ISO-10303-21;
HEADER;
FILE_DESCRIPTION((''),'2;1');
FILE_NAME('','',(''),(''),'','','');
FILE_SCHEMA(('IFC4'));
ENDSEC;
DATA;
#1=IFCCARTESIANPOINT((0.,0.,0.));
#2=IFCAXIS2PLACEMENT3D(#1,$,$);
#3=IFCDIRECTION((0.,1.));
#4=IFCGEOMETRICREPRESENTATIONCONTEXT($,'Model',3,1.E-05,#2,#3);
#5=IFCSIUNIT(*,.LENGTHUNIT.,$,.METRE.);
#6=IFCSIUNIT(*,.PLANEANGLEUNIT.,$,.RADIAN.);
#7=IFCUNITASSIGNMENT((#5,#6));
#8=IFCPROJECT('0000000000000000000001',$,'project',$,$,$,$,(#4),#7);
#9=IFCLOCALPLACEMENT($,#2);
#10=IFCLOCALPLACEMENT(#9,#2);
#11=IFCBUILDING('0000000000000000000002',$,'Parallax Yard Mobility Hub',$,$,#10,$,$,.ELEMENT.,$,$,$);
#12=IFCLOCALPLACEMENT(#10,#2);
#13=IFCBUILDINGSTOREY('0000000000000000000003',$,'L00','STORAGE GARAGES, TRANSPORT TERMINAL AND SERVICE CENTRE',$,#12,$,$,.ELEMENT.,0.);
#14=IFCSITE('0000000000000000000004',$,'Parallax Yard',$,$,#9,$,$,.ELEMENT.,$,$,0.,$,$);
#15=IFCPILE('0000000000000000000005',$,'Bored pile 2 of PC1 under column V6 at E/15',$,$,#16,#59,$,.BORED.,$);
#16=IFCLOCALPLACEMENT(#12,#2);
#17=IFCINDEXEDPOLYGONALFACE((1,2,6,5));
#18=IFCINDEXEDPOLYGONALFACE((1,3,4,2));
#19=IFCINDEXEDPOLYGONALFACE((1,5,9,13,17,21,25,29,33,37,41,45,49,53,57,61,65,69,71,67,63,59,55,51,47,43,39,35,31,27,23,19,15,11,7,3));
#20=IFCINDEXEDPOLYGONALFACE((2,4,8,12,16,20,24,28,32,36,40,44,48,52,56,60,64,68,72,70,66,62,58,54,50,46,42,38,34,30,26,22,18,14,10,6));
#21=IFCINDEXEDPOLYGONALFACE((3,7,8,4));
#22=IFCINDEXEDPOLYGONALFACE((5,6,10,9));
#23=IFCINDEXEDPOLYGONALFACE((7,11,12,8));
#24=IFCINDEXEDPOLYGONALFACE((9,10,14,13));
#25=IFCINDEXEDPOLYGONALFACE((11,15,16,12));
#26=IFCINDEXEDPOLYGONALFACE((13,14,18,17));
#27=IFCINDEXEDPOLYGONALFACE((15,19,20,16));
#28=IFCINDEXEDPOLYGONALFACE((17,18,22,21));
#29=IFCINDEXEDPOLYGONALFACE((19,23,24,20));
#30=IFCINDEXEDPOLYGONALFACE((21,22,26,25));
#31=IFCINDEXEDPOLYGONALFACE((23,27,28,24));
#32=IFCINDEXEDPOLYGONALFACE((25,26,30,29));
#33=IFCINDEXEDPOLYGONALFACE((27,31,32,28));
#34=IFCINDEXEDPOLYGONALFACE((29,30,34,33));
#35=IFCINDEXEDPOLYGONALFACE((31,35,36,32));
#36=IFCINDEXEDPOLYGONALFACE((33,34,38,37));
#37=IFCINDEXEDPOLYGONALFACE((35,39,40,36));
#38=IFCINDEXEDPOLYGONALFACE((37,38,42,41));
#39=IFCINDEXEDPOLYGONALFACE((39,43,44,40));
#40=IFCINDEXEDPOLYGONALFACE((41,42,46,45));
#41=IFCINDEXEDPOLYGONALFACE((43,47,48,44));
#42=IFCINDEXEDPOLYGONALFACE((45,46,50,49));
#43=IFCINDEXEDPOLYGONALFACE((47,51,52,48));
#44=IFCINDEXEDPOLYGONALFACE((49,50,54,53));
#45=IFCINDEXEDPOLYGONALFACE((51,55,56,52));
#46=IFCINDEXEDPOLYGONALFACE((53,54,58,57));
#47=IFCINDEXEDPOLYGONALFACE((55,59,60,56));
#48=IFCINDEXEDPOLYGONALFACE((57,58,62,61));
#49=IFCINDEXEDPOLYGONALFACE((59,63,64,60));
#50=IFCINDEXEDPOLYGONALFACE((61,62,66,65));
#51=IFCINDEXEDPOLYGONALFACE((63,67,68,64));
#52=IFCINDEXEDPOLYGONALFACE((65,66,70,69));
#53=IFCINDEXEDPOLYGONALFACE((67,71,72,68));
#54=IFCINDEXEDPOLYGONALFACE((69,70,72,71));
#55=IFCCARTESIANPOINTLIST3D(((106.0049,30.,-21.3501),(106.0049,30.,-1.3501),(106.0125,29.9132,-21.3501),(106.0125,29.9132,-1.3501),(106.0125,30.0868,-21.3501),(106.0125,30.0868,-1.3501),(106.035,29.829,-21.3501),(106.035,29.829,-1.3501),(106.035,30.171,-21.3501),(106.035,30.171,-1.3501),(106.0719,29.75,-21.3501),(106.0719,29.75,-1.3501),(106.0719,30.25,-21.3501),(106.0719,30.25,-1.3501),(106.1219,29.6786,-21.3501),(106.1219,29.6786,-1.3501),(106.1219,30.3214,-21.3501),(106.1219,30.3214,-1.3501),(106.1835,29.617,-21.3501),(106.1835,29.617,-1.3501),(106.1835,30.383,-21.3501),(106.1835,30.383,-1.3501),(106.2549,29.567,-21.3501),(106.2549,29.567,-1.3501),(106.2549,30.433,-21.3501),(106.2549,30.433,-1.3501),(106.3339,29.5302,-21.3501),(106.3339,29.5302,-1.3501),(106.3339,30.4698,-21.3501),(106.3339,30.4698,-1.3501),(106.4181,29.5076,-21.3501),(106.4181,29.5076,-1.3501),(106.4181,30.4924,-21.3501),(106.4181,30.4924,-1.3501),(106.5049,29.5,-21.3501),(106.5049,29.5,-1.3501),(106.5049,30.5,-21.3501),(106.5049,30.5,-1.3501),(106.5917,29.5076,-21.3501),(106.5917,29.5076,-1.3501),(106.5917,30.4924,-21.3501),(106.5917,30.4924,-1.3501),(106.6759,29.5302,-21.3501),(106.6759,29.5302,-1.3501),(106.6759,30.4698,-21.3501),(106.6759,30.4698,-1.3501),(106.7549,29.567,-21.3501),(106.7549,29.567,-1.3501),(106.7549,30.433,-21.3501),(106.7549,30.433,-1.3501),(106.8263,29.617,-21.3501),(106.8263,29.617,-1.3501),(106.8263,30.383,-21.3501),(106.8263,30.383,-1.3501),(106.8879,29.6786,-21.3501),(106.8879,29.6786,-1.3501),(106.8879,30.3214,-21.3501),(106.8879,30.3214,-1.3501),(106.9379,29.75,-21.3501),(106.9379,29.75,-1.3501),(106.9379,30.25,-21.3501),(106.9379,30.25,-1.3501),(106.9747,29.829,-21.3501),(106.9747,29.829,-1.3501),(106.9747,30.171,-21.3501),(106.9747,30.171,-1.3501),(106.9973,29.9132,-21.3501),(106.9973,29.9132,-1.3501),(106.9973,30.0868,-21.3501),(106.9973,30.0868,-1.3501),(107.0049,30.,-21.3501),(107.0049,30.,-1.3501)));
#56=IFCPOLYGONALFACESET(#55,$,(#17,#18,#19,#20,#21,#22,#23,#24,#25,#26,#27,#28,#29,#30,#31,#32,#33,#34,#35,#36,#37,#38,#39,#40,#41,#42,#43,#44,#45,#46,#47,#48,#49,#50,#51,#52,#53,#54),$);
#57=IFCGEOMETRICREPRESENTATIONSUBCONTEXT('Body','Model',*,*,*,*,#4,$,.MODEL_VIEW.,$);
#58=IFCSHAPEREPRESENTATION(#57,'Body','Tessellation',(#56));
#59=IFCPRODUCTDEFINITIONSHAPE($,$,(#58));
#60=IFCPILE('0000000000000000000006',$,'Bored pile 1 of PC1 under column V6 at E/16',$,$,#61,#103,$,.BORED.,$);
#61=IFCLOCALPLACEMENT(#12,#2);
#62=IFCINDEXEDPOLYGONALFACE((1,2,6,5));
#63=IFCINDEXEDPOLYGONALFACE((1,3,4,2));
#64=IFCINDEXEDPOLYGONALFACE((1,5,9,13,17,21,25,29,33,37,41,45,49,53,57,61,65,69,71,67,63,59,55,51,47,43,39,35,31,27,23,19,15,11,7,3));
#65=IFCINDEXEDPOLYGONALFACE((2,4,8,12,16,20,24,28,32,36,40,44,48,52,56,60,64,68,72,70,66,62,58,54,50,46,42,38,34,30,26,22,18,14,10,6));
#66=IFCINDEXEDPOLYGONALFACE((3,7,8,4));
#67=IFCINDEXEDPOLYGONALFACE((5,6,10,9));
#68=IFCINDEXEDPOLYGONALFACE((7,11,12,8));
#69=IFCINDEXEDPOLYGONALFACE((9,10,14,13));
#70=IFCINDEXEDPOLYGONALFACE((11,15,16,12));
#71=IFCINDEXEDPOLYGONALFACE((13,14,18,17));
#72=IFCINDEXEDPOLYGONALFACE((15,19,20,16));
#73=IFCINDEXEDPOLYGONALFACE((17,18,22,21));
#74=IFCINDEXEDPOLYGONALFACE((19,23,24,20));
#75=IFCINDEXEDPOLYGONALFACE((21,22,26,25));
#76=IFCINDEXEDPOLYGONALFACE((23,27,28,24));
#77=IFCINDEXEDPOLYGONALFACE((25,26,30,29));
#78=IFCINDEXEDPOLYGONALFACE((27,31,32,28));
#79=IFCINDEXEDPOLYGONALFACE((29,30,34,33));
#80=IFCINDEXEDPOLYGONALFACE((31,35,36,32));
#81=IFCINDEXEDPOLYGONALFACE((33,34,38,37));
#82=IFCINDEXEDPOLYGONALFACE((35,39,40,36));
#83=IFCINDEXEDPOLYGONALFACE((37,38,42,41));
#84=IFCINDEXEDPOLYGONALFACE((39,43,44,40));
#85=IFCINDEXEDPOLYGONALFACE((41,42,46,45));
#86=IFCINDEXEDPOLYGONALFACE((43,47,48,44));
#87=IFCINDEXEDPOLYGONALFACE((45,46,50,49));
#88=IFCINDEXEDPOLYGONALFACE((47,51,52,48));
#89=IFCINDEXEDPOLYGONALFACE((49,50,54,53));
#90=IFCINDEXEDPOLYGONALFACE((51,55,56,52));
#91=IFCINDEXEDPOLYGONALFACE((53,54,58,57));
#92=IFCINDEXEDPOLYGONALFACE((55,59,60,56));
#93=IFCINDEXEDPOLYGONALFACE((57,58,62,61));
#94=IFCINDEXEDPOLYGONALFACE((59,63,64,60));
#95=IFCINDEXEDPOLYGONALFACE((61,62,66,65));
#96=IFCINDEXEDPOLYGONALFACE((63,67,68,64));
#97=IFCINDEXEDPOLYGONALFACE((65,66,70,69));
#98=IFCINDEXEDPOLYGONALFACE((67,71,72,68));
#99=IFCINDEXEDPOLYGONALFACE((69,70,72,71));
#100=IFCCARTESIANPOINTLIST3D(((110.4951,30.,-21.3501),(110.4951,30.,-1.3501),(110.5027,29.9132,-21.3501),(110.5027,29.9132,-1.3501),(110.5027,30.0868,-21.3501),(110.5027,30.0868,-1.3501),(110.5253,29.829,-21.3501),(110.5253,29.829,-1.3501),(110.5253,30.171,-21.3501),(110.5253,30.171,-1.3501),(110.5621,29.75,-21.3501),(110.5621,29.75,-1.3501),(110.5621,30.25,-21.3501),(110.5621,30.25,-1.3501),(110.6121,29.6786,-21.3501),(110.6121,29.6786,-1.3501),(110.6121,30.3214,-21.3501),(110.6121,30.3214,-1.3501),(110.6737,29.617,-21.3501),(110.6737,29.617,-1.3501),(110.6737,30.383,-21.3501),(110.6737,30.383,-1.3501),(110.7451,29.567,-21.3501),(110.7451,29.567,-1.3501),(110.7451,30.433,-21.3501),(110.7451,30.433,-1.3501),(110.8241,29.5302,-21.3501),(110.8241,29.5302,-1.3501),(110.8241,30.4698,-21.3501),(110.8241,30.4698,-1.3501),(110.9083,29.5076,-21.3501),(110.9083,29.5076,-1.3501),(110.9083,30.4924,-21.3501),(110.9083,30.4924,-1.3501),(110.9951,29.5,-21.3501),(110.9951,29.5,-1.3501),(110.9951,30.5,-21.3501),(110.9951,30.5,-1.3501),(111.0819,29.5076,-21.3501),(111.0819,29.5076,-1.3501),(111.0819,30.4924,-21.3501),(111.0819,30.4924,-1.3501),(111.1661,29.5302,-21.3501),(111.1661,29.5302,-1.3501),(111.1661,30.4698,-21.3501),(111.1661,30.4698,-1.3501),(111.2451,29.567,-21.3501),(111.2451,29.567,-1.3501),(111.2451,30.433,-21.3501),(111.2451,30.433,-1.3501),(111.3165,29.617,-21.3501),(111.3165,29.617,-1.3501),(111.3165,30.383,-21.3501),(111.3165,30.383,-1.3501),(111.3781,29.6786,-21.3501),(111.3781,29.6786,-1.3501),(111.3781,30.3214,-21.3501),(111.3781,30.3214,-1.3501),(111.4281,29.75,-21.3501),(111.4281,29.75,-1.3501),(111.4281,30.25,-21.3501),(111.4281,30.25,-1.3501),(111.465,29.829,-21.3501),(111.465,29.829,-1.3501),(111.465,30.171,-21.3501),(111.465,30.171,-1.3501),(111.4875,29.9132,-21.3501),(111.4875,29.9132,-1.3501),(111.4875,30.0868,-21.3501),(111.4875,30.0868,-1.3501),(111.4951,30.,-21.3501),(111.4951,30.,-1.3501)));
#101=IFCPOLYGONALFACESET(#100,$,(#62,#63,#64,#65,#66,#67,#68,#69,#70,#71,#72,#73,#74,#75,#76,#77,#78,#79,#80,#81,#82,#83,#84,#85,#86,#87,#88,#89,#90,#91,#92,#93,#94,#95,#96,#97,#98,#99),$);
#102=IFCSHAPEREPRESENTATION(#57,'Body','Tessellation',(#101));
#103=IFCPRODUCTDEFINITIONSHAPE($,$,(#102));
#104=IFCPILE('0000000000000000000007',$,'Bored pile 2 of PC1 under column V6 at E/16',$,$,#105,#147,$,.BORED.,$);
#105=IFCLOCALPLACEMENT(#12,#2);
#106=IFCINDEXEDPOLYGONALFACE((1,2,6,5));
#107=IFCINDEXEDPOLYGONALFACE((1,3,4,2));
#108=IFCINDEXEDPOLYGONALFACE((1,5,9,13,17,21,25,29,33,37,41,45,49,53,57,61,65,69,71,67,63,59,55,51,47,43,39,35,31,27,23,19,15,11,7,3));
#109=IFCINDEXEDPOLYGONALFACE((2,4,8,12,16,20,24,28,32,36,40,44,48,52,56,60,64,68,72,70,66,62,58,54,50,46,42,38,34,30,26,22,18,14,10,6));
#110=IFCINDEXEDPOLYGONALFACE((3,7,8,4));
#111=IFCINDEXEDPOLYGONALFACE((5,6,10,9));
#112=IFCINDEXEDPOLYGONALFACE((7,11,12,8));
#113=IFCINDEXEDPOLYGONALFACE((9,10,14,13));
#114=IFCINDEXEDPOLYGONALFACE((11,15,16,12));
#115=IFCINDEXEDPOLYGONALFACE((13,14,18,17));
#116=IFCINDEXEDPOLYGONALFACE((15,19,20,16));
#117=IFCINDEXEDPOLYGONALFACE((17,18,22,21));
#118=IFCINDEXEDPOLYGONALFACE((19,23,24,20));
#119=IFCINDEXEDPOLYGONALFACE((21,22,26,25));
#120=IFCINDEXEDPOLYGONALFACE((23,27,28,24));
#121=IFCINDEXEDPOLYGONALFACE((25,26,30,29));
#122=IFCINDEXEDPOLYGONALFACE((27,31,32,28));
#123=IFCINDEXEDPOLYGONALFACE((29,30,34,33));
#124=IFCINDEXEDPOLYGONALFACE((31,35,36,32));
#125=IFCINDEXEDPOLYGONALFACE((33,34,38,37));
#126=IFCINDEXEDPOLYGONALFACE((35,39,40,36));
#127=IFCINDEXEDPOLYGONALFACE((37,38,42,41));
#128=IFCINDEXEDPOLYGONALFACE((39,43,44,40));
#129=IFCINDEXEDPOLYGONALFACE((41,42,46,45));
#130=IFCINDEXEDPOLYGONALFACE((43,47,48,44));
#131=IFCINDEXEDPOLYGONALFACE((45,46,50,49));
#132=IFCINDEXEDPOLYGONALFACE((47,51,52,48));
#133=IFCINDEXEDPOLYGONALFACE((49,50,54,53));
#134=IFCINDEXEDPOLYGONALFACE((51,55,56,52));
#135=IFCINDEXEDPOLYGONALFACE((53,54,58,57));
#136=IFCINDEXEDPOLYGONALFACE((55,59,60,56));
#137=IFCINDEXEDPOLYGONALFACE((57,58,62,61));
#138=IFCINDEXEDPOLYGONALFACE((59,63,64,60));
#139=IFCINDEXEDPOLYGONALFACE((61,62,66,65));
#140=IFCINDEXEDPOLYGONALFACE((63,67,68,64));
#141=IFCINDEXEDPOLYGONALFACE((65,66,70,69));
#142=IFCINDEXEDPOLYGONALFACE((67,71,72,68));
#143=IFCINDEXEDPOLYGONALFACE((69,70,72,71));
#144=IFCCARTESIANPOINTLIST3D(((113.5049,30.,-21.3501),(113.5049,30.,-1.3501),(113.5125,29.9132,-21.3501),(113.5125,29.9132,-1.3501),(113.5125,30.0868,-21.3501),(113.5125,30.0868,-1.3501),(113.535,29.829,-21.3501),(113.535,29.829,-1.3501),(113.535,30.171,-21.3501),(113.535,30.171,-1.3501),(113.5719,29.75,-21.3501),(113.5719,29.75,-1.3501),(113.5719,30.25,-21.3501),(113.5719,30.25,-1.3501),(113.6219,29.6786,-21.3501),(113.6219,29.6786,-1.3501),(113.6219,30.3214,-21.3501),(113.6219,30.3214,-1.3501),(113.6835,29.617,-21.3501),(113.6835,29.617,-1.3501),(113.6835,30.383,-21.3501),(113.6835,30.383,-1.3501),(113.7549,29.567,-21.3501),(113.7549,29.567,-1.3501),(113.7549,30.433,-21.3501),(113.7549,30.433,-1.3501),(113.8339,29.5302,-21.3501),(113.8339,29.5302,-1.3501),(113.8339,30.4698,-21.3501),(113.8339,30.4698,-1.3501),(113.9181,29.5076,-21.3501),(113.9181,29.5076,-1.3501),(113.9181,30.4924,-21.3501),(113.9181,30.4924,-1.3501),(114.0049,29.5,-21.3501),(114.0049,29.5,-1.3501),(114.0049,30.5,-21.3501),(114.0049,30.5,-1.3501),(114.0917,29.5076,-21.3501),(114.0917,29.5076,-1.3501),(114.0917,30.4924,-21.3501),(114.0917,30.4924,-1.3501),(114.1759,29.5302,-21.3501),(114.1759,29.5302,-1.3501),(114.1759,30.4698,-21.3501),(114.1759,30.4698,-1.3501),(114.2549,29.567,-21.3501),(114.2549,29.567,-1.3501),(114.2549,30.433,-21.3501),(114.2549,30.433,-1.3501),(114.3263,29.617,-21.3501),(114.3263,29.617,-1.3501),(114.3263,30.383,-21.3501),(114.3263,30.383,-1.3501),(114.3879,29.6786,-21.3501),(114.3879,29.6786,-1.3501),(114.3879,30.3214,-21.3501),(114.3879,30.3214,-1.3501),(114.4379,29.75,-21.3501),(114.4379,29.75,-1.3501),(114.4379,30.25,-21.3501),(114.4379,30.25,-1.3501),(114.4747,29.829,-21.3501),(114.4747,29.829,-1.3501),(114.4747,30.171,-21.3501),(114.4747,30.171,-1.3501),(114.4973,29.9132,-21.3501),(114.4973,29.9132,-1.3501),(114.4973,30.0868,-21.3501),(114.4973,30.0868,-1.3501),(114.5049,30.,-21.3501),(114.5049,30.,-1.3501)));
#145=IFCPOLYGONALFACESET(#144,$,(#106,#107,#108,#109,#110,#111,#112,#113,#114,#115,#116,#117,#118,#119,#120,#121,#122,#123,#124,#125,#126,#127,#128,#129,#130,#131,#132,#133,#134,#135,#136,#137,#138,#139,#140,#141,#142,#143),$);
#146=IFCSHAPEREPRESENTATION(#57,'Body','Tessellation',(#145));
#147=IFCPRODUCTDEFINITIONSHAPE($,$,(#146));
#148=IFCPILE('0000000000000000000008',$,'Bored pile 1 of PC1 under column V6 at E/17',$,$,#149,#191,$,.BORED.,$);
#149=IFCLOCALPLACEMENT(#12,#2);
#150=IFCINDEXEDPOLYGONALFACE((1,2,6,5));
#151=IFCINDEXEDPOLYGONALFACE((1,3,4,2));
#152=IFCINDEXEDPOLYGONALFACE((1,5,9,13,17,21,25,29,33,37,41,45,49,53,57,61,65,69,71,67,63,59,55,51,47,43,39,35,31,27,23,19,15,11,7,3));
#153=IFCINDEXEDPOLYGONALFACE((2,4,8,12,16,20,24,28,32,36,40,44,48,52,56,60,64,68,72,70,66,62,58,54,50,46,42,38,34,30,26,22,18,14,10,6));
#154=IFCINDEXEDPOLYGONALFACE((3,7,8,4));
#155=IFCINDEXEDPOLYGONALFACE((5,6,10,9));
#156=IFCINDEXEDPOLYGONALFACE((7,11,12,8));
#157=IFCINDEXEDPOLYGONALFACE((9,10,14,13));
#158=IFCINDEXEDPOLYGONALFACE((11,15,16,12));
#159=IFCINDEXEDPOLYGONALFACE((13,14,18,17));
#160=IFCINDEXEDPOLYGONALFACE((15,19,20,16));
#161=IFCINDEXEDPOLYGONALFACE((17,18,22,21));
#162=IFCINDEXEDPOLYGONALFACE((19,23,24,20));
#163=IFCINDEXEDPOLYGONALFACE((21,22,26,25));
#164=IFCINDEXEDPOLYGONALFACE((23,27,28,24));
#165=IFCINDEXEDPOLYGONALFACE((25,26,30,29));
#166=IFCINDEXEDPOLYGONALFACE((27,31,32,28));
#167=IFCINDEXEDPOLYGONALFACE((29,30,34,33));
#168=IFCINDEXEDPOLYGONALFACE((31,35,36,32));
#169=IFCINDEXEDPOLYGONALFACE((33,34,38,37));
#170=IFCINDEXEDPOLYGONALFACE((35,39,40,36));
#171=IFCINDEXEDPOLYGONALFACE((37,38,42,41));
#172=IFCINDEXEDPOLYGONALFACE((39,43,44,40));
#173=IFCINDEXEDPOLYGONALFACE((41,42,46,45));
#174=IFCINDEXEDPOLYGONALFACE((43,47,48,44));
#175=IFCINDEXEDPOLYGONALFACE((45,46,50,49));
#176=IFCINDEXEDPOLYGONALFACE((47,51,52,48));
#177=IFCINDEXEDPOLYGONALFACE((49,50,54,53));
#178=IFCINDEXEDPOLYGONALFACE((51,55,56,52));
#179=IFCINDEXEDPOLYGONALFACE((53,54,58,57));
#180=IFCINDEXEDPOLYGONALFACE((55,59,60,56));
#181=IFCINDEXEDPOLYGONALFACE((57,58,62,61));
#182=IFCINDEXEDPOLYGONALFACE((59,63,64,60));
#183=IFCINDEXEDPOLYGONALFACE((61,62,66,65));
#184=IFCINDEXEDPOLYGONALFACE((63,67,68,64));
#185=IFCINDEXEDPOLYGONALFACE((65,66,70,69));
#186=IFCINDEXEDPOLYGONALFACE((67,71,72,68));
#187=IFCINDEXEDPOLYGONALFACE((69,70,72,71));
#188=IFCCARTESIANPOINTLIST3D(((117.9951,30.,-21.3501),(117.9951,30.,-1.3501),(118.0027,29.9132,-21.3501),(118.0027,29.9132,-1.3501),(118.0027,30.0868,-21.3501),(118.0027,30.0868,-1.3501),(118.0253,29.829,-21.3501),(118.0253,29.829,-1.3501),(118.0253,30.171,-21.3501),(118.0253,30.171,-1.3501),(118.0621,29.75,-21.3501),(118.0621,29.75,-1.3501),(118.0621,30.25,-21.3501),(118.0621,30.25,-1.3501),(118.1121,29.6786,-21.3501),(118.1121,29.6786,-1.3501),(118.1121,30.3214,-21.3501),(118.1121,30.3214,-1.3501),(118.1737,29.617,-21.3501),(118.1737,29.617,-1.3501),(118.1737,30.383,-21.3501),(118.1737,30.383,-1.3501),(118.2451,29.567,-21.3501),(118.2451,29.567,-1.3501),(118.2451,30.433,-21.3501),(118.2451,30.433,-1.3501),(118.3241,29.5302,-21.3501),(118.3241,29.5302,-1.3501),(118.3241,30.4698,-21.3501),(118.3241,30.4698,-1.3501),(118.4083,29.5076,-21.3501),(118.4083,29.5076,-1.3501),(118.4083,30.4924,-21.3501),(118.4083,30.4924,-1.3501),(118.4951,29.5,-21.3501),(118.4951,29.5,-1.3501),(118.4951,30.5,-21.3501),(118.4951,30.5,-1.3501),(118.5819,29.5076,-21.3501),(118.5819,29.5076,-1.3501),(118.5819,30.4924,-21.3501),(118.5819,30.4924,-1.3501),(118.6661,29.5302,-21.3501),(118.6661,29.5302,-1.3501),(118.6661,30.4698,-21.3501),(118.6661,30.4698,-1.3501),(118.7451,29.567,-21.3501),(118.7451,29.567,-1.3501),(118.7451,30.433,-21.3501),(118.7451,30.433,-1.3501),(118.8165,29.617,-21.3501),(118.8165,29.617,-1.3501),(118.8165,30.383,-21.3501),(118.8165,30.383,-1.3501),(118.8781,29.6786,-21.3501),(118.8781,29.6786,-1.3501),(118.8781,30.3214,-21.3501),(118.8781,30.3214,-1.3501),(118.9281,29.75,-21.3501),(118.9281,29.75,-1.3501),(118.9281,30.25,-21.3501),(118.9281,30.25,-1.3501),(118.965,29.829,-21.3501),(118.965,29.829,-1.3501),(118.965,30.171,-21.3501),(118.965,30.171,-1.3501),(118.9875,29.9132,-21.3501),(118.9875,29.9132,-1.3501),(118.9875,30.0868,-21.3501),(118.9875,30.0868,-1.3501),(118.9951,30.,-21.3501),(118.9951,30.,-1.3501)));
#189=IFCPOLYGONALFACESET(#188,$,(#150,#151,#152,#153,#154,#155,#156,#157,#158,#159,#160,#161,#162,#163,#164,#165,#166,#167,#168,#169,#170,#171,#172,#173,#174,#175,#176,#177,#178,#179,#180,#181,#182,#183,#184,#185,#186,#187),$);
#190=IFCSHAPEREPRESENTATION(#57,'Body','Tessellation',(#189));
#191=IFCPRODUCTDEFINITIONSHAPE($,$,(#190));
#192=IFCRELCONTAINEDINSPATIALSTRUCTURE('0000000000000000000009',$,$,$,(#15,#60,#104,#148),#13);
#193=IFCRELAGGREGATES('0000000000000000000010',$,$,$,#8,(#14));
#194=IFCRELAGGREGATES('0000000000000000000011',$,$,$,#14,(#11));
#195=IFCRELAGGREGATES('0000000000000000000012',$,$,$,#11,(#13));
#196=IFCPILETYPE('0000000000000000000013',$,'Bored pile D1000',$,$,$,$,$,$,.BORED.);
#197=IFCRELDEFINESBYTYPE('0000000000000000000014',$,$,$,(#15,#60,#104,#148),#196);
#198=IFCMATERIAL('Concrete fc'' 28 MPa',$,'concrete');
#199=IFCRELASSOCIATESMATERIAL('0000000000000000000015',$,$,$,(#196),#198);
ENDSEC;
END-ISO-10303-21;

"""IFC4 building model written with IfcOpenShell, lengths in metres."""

from ifc_helpers import new_model, si_unit, direction, frame, origin, origin_2d, place, context, subcontext, project, spatial, circle, extrude, material, material_profile, profile_set, type_object, element, save


model = new_model("IFC4")

# Units and contexts
model_context = context("Model", 3, precision=1e-05, world=origin(), true_north=direction((0.0, 1.0)))
body_context = subcontext(model_context, "Body", "Model", "MODEL_VIEW")
ifc_project = project(units=[si_unit("LENGTHUNIT", "METRE"), si_unit("PLANEANGLEUNIT", "RADIAN")], contexts=[model_context])

# Site, building, storey
site_placement = place(None, origin())
site = spatial("IfcSite", under=ifc_project, at=site_placement, Name="Parallax Yard", CompositionType="ELEMENT", RefElevation=0.0)
building_placement = place(site_placement, origin())
building = spatial("IfcBuilding", under=site, at=building_placement, Name="Parallax Yard Mobility Hub", CompositionType="ELEMENT")
storey_placement = place(building_placement, origin())
storey = spatial("IfcBuildingStorey", under=building, at=storey_placement, Name="L00", Description="STORAGE GARAGES, TRANSPORT TERMINAL AND SERVICE CENTRE", CompositionType="ELEMENT", Elevation=0.0)

# Piles
ifc_material_1 = material(Name="Concrete fc' 28 MPa", Category="concrete")
ifc_material_profile_1 = material_profile(ifc_material_1, circle(Radius=0.5, at=origin_2d()), Name="Bored pile D1000")
ifc_profile_set_1 = profile_set([ifc_material_profile_1], Name="Concrete fc' 28 MPa")
pile_type = type_object("IfcPileType", Name="Bored pile D1000", PredefinedType="BORED", material=ifc_profile_set_1)
for number, where, z_axis, x_axis, name in (
    (1, (106.5049, 30.0, -1.3501), (0.0, 0.0, -1.0), (1.0, 0.0, 0.0), "Bored pile 2 of PC1 under column V6 at E/15"),
    (2, (110.9951, 30.0, -1.3501), (0.0, 0.0, -1.0), (1.0, 0.0, 0.0), "Bored pile 1 of PC1 under column V6 at E/16"),
    (3, (114.0049, 30.0, -1.3501), (0.0, 0.0, -1.0), (1.0, 0.0, 0.0), "Bored pile 2 of PC1 under column V6 at E/16"),
    (4, (118.4951, 30.0, -1.3501), (0.0, 0.0, -1.0), (1.0, 0.0, 0.0), "Bored pile 1 of PC1 under column V6 at E/17"),
):
    element("IfcPile", number, at=place(storey_placement, frame(where, z_axis=z_axis, x_axis=x_axis)), inside=storey, type_object=pile_type, Name=name, PredefinedType="BORED", context=body_context, shape_type="SweptSolid", body=[
        extrude(circle(Radius=0.5, at=origin_2d()), origin(), (0.0, 0.0, 1.0), 20.0),
    ])

save(model, "model.ifc")
